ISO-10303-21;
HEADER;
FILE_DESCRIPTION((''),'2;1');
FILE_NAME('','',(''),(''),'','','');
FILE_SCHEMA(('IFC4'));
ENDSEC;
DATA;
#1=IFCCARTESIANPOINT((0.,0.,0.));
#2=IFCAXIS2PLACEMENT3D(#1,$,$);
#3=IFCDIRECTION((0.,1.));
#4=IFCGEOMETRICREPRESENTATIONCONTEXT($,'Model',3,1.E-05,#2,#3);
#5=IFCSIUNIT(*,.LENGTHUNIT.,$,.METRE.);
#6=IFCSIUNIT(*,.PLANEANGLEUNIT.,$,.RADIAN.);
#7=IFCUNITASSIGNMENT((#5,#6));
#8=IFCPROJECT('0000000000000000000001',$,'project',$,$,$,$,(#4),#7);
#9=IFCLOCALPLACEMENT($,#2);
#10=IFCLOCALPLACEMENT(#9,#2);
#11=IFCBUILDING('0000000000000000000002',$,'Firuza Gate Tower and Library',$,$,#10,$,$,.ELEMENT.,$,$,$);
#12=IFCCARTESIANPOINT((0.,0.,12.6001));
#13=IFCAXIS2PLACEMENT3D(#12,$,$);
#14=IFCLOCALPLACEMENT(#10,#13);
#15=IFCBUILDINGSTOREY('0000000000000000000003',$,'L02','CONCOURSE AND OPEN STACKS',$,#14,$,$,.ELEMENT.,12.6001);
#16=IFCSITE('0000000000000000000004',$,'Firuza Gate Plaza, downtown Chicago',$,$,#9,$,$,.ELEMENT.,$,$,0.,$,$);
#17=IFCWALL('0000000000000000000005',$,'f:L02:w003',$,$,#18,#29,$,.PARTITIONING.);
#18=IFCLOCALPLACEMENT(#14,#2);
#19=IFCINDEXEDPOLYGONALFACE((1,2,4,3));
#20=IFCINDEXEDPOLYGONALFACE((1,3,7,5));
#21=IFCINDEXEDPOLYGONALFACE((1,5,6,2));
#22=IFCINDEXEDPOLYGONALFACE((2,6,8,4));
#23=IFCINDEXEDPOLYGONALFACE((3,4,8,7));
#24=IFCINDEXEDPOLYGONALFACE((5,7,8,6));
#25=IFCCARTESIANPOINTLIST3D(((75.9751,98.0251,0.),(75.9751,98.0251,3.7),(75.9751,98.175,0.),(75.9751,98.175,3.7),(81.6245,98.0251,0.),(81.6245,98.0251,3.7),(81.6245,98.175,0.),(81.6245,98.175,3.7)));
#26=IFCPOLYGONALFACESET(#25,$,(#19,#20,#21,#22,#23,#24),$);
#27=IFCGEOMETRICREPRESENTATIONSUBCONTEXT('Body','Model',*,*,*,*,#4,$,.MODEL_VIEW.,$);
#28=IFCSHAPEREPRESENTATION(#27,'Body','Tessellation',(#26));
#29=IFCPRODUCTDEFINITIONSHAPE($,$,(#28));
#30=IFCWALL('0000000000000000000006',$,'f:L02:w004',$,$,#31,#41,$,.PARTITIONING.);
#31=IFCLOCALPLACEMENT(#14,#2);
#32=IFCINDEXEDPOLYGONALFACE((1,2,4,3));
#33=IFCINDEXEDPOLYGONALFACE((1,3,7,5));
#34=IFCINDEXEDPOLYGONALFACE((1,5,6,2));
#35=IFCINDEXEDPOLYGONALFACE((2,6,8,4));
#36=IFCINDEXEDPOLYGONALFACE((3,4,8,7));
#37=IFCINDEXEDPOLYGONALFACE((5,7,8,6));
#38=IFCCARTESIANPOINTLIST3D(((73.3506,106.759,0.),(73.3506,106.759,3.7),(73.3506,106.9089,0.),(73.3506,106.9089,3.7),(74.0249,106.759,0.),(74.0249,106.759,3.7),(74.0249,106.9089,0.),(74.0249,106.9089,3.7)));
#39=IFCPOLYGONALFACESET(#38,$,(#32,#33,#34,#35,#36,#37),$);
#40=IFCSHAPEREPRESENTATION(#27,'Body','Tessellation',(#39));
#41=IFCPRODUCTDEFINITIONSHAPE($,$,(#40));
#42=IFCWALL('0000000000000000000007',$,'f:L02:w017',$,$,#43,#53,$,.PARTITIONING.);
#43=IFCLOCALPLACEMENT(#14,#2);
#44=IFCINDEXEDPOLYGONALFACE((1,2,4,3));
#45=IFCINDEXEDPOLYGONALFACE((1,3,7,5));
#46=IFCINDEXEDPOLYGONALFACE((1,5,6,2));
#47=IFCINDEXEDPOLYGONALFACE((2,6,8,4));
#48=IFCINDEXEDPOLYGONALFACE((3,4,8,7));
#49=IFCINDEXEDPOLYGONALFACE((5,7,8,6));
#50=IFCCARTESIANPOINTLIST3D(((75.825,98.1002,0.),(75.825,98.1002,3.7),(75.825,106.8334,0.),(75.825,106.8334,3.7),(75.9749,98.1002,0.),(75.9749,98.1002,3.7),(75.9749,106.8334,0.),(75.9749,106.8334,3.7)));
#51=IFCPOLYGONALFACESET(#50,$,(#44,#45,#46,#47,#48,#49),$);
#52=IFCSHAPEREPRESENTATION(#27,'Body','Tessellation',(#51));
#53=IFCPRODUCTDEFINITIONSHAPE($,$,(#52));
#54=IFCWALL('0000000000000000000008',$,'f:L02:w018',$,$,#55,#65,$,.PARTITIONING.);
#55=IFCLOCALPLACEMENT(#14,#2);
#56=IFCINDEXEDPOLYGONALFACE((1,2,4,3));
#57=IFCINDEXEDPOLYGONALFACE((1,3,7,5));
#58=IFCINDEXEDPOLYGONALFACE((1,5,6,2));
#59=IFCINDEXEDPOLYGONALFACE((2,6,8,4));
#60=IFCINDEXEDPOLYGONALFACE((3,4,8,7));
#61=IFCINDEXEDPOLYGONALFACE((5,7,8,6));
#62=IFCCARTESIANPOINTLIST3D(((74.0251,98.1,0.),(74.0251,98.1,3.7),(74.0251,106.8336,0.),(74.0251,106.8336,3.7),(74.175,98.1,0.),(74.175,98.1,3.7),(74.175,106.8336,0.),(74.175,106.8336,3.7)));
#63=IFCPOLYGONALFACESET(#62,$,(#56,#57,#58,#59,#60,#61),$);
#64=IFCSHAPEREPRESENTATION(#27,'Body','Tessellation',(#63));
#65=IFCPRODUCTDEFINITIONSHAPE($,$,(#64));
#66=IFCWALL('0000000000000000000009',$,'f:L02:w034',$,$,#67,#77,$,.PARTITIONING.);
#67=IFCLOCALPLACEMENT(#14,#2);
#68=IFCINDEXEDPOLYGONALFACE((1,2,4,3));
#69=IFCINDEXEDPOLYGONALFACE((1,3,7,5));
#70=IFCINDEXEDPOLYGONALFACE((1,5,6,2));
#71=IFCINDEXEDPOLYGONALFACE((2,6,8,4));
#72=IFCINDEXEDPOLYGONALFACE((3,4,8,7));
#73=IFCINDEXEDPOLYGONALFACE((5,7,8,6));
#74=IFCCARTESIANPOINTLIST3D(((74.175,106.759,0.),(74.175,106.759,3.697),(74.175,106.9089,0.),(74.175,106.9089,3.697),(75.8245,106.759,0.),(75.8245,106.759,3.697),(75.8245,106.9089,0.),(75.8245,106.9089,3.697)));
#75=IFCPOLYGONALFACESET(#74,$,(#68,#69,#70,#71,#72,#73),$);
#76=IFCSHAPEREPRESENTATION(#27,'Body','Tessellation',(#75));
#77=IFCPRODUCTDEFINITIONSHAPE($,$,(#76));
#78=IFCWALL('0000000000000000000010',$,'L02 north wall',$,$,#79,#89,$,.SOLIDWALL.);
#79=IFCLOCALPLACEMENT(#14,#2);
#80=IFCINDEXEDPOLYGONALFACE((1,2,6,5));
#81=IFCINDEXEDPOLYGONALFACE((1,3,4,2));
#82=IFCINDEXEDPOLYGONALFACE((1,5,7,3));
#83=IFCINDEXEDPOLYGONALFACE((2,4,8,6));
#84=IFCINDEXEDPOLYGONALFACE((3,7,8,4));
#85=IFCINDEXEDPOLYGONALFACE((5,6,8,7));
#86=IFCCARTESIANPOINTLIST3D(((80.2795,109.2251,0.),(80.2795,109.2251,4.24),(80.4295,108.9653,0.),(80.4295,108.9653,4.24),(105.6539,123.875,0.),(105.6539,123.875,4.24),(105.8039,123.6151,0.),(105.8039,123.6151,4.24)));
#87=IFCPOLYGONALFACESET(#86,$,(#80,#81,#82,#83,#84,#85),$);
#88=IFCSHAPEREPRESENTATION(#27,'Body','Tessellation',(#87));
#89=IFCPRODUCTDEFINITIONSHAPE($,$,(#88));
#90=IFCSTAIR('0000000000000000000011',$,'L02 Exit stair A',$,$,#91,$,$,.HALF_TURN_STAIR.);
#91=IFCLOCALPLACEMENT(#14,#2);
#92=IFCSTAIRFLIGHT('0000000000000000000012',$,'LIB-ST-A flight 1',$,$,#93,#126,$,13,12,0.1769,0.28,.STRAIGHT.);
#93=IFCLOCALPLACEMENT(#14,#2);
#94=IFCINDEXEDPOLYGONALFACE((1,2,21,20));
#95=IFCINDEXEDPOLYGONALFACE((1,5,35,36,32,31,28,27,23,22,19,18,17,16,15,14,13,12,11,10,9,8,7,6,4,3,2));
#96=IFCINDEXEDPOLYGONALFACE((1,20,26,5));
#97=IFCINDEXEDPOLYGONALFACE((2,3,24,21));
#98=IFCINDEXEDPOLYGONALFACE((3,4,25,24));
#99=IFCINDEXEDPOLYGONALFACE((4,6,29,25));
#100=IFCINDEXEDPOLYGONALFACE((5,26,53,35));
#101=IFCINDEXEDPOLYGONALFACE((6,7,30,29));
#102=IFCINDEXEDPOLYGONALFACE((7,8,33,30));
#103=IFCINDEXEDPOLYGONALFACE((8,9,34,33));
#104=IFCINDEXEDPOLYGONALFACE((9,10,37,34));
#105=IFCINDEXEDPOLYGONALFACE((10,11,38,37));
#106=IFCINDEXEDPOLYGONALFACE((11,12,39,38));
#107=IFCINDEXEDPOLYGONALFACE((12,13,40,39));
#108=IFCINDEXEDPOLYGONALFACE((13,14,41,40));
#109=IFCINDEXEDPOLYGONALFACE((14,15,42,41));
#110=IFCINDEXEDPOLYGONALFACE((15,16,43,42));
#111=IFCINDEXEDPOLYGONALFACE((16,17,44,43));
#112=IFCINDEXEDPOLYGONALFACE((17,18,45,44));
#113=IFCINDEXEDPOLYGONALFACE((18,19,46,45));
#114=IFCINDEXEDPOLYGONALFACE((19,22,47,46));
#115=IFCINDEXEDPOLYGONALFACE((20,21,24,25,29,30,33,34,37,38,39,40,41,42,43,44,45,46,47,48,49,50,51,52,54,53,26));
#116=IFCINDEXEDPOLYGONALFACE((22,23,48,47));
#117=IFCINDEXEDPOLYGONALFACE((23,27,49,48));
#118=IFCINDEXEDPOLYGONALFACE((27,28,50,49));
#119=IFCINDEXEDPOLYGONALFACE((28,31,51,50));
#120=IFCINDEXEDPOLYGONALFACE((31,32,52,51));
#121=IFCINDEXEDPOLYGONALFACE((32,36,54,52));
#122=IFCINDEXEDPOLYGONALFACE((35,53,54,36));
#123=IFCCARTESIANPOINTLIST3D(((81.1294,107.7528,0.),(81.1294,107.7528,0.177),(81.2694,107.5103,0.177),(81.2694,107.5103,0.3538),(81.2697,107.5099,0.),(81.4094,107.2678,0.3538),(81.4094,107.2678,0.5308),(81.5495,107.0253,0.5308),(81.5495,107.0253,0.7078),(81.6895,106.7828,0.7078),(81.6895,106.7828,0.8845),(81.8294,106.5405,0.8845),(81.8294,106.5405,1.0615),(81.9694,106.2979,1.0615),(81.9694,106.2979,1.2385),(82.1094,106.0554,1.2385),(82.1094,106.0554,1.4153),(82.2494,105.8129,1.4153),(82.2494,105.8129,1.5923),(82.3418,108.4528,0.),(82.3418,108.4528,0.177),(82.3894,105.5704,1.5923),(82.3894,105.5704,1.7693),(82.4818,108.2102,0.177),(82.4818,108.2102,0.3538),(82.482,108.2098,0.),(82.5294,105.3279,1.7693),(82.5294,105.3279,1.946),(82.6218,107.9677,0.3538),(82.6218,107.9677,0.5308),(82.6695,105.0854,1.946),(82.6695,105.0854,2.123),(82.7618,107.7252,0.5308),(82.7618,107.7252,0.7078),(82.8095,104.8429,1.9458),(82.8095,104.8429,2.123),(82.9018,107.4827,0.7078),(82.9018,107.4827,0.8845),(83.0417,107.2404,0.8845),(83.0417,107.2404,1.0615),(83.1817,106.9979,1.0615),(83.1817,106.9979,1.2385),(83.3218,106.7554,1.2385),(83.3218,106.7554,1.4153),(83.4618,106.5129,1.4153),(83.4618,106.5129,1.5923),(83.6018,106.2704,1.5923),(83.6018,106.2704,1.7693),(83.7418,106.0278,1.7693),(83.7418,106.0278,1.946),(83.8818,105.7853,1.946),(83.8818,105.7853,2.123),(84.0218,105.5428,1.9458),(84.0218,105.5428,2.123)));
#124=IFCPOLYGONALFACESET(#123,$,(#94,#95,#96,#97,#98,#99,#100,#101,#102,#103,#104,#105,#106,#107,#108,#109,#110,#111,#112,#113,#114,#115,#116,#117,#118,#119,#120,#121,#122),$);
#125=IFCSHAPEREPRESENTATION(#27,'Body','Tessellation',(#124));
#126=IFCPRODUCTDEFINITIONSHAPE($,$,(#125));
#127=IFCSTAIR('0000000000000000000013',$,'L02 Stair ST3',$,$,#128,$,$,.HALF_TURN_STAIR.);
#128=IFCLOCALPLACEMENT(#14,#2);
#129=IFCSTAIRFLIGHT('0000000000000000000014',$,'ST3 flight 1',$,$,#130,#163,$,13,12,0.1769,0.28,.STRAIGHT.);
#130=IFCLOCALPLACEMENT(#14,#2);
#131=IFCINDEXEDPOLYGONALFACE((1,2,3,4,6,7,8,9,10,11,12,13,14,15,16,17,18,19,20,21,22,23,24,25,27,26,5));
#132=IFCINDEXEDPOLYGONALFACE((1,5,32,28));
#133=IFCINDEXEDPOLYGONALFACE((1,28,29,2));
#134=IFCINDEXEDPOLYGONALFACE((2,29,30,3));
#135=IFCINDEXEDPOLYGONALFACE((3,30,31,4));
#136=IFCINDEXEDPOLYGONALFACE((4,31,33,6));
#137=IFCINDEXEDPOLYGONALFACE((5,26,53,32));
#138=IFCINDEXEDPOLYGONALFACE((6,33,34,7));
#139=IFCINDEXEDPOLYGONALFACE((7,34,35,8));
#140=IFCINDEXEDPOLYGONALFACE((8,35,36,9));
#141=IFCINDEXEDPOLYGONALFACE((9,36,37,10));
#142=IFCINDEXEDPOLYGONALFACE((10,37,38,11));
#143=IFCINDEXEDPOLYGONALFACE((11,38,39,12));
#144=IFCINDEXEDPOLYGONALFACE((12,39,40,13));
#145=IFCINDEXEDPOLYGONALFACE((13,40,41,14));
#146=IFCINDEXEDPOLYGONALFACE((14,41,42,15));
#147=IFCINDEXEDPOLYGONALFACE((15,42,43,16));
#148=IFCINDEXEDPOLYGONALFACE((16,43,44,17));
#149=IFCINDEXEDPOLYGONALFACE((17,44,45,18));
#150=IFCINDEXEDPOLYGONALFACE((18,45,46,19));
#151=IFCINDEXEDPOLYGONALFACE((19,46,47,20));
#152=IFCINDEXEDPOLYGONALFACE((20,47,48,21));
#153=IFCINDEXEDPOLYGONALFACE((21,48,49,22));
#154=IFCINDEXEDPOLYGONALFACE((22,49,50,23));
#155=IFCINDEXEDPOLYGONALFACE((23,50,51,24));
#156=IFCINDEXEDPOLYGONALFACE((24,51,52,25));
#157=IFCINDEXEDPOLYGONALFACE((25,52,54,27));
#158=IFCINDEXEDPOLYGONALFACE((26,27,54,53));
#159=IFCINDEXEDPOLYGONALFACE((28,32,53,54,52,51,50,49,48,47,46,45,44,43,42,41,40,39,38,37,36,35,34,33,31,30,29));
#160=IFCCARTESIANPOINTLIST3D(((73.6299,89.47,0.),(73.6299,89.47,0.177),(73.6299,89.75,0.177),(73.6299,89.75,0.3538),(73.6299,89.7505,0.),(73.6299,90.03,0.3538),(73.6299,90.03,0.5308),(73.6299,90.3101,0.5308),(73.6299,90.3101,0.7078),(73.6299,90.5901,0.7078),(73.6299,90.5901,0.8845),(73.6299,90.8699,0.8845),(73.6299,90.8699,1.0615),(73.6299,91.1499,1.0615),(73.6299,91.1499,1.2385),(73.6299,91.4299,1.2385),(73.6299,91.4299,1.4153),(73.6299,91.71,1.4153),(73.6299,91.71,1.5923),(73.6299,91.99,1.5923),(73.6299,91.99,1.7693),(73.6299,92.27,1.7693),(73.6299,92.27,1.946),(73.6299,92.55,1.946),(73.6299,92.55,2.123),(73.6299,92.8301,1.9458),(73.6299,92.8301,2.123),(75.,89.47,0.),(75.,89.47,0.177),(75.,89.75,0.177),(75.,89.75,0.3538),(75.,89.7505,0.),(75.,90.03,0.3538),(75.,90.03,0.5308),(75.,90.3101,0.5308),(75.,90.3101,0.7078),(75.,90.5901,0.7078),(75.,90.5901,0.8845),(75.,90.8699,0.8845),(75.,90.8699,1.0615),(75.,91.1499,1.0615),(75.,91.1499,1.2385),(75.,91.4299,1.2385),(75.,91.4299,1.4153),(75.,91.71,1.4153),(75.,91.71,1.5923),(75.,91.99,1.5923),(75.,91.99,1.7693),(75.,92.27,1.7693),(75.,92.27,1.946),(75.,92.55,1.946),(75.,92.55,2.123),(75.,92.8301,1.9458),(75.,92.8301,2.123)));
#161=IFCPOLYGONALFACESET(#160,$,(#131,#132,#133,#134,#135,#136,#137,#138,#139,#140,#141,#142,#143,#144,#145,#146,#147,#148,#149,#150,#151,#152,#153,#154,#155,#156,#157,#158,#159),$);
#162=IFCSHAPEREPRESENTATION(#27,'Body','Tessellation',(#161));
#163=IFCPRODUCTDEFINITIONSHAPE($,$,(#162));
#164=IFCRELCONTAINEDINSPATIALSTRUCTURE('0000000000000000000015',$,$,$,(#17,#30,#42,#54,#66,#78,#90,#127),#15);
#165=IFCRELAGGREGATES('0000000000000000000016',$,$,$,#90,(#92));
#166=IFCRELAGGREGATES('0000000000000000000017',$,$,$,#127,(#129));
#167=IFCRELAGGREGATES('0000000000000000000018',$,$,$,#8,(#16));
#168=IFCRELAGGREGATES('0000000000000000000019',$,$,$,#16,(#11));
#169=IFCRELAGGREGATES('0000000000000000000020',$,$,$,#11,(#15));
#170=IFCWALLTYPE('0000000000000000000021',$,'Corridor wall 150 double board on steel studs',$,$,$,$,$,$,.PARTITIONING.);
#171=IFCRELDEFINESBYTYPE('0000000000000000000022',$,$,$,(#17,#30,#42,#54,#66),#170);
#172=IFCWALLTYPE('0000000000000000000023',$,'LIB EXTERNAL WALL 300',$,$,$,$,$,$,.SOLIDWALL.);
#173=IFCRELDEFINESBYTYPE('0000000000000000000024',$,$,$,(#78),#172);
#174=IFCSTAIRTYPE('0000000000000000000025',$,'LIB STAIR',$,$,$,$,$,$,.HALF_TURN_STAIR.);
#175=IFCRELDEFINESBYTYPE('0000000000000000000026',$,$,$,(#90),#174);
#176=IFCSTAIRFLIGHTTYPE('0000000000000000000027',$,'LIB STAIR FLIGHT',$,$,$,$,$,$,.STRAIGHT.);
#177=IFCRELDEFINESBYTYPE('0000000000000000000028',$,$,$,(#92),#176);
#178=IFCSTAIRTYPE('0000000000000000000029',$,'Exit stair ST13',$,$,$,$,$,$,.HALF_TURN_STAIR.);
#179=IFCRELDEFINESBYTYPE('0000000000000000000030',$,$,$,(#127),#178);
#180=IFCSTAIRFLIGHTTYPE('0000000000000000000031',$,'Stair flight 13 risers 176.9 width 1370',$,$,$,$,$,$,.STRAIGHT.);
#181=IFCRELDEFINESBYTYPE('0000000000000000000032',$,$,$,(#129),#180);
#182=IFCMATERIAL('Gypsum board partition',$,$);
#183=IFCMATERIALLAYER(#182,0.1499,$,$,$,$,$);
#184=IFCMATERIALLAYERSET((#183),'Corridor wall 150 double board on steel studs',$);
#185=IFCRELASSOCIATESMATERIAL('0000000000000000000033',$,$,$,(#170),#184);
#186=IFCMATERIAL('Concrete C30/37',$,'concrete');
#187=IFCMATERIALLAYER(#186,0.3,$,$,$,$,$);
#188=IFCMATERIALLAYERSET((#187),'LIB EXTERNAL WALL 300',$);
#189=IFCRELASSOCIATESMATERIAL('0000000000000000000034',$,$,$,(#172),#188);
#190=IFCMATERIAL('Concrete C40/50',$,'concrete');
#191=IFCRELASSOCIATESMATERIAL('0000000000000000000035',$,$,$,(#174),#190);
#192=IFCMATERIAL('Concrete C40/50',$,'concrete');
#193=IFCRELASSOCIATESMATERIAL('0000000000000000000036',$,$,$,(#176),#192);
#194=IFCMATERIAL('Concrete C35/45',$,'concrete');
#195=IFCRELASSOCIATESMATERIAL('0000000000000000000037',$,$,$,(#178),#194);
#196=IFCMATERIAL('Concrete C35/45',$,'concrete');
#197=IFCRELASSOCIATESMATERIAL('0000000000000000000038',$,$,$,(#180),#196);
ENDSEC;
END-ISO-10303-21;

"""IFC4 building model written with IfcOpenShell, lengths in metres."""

from ifc_helpers import new_model, si_unit, direction, frame, frame_2d, origin, place, context, subcontext, project, spatial, polyline, rectangle, outline, extrude, material, layer, layer_set, type_object, element, aggregate, save


model = new_model("IFC4")

# Units and contexts
model_context = context("Model", 3, precision=1e-05, world=origin(), true_north=direction((0.0, 1.0)))
body_context = subcontext(model_context, "Body", "Model", "MODEL_VIEW")
ifc_project = project(units=[si_unit("LENGTHUNIT", "METRE"), si_unit("PLANEANGLEUNIT", "RADIAN")], contexts=[model_context])

# Site, building, storey
site_placement = place(None, origin())
site = spatial("IfcSite", under=ifc_project, at=site_placement, Name="Firuza Gate Plaza, downtown Chicago", CompositionType="ELEMENT", RefElevation=0.0)
building_placement = place(site_placement, origin())
building = spatial("IfcBuilding", under=site, at=building_placement, Name="Firuza Gate Tower and Library", CompositionType="ELEMENT")
storey_placement = place(building_placement, frame((0.0, 0.0, 12.6001)))
storey = spatial("IfcBuildingStorey", under=building, at=storey_placement, Name="L02", Description="CONCOURSE AND OPEN STACKS", CompositionType="ELEMENT", Elevation=12.6001)

# Shared definitions
placement = place(storey_placement, origin())

# Walls
ifc_material_1 = material(Name="Gypsum board partition")
ifc_layer_1 = layer(ifc_material_1, 0.1499)
ifc_layer_set_1 = layer_set([ifc_layer_1], Name="Corridor wall 150 double board on steel studs")
wall_type_1 = type_object("IfcWallType", Name="Corridor wall 150 double board on steel studs", PredefinedType="PARTITIONING", material=ifc_layer_set_1)
wall_1_placement = place(storey_placement, frame((75.9751, 98.1001, 0.0), z_axis=(0.0, 0.0, 1.0), x_axis=(1.0, 0.0, 0.0)))
element("IfcWall", 1, at=wall_1_placement, inside=storey, type_object=wall_type_1, Name="f:L02:w003", PredefinedType="PARTITIONING", context=body_context, shape_type="SweptSolid", body=[
    extrude(rectangle(XDim=5.6494, YDim=0.1499, at=frame_2d((2.8247, 0.0))), origin(), (0.0, 0.0, 1.0), 3.7),
])
wall_2_placement = place(storey_placement, frame((73.3506, 106.834, 0.0), z_axis=(0.0, 0.0, 1.0), x_axis=(1.0, 0.0, 0.0)))
element("IfcWall", 2, at=wall_2_placement, inside=storey, type_object=wall_type_1, Name="f:L02:w004", PredefinedType="PARTITIONING", context=body_context, shape_type="SweptSolid", body=[
    extrude(rectangle(XDim=0.6743, YDim=0.1499, at=frame_2d((0.3372, 0.0))), origin(), (0.0, 0.0, 1.0), 3.7),
])
wall_3_placement = place(storey_placement, frame((75.8999, 98.1001, 0.0), z_axis=(0.0, 0.0, 1.0), x_axis=(0.0, 1.0, 0.0)))
element("IfcWall", 3, at=wall_3_placement, inside=storey, type_object=wall_type_1, Name="f:L02:w017", PredefinedType="PARTITIONING", context=body_context, shape_type="SweptSolid", body=[
    extrude(rectangle(XDim=8.7332, YDim=0.1499, at=frame_2d((4.3667, 0.0))), origin(), (0.0, 0.0, 1.0), 3.7),
])
wall_4_placement = place(storey_placement, frame((74.1001, 98.1001, 0.0), z_axis=(0.0, 0.0, 1.0), x_axis=(0.0, 1.0, 0.0)))
element("IfcWall", 4, at=wall_4_placement, inside=storey, type_object=wall_type_1, Name="f:L02:w018", PredefinedType="PARTITIONING", context=body_context, shape_type="SweptSolid", body=[
    extrude(rectangle(XDim=8.7336, YDim=0.1499, at=frame_2d((4.3667, 0.0))), origin(), (0.0, 0.0, 1.0), 3.7),
])
wall_5_placement = place(storey_placement, frame((74.175, 106.834, 0.0), z_axis=(0.0, 0.0, 1.0), x_axis=(1.0, 0.0, 0.0)))
element("IfcWall", 5, at=wall_5_placement, inside=storey, type_object=wall_type_1, Name="f:L02:w034", PredefinedType="PARTITIONING", context=body_context, shape_type="SweptSolid", body=[
    extrude(rectangle(XDim=1.6494, YDim=0.1499, at=frame_2d((0.8247, 0.0))), origin(), (0.0, 0.0, 1.0), 3.697),
])
ifc_material_2 = material(Name="Concrete C30/37", Category="concrete")
ifc_layer_2 = layer(ifc_material_2, 0.3)
ifc_layer_set_2 = layer_set([ifc_layer_2], Name="LIB EXTERNAL WALL 300")
wall_type_2 = type_object("IfcWallType", Name="LIB EXTERNAL WALL 300", PredefinedType="SOLIDWALL", material=ifc_layer_set_2)
wall_6_placement = place(storey_placement, frame((80.3545, 109.0952, 0.0), z_axis=(0.0, 0.0, 1.0), x_axis=(0.866027, 0.499998, 0.0)))
element("IfcWall", 6, at=wall_6_placement, inside=storey, type_object=wall_type_2, Name="L02 north wall", PredefinedType="SOLIDWALL", context=body_context, shape_type="SweptSolid", body=[
    extrude(rectangle(XDim=29.2998, YDim=0.3, at=frame_2d((14.6499, 0.0))), origin(), (0.0, 0.0, 1.0), 4.24),
])

# Stairs, stair flights
ifc_material_3 = material(Name="Concrete C40/50", Category="concrete")
stair_type_1 = type_object("IfcStairType", Name="LIB STAIR", PredefinedType="HALF_TURN_STAIR", material=ifc_material_3)
stair_1 = element("IfcStair", 7, at=placement, inside=storey, type_object=stair_type_1, Name="L02 Exit stair A", PredefinedType="HALF_TURN_STAIR")
ifc_material_4 = material(Name="Concrete C40/50", Category="concrete")
stair_flight_type_1 = type_object("IfcStairFlightType", Name="LIB STAIR FLIGHT", PredefinedType="STRAIGHT", material=ifc_material_4)
stair_flight_1_placement = place(storey_placement, frame((81.7356, 108.1028, 0.0), z_axis=(0.0, 0.0, 1.0), x_axis=(0.5, -0.866025, 0.0)))
stair_flight_1 = element("IfcStairFlight", 8, at=stair_flight_1_placement, type_object=stair_flight_type_1, Name="LIB-ST-A flight 1", NumberOfRisers=13, NumberOfTreads=12, PredefinedType="STRAIGHT", RiserHeight=0.1769, TreadLength=0.28, context=body_context, shape_type="SweptSolid", body=[
    extrude(outline(polyline([(0.0, 0.0), (0.0, 0.177), (0.28, 0.177), (0.28, 0.3538), (0.5601, 0.3538), (0.5601, 0.5308), (0.8401, 0.5308), (0.8401, 0.7078), (1.1201, 0.7078), (1.1201, 0.8845), (1.3999, 0.8845), (1.3999, 1.0615), (1.6799, 1.0615), (1.6799, 1.2385), (1.96, 1.2385), (1.96, 1.4153), (2.24, 1.4153), (2.24, 1.5923), (2.52, 1.5923), (2.52, 1.7693), (2.8, 1.7693), (2.8, 1.946), (3.0801, 1.946), (3.0801, 2.123), (3.3601, 2.123), (3.3601, 2.3), (3.3601, 1.9458), (0.2805, 0.0), (0.0, 0.0)])), frame((0.0, 0.7, 0.0), z_axis=(0.0, -1.0, 0.0), x_axis=(1.0, 0.0, 0.0)), (0.0, 0.0, 1.0), 1.3999),
])
aggregate(stair_1, [stair_flight_1])
ifc_material_5 = material(Name="Concrete C35/45", Category="concrete")
stair_type_2 = type_object("IfcStairType", Name="Exit stair ST13", PredefinedType="HALF_TURN_STAIR", material=ifc_material_5)
stair_2 = element("IfcStair", 9, at=placement, inside=storey, type_object=stair_type_2, Name="L02 Stair ST3", PredefinedType="HALF_TURN_STAIR")
ifc_material_6 = material(Name="Concrete C35/45", Category="concrete")
stair_flight_type_2 = type_object("IfcStairFlightType", Name="Stair flight 13 risers 176.9 width 1370", PredefinedType="STRAIGHT", material=ifc_material_6)
stair_flight_2_placement = place(storey_placement, frame((74.3149, 89.47, 0.0), z_axis=(0.0, 0.0, 1.0), x_axis=(0.0, 1.0, 0.0)))
stair_flight_2 = element("IfcStairFlight", 10, at=stair_flight_2_placement, type_object=stair_flight_type_2, Name="ST3 flight 1", NumberOfRisers=13, NumberOfTreads=12, PredefinedType="STRAIGHT", RiserHeight=0.1769, TreadLength=0.28, context=body_context, shape_type="SweptSolid", body=[
    extrude(outline(polyline([(0.0, 0.0), (0.0, 0.177), (0.28, 0.177), (0.28, 0.3538), (0.5601, 0.3538), (0.5601, 0.5308), (0.8401, 0.5308), (0.8401, 0.7078), (1.1201, 0.7078), (1.1201, 0.8845), (1.3999, 0.8845), (1.3999, 1.0615), (1.6799, 1.0615), (1.6799, 1.2385), (1.96, 1.2385), (1.96, 1.4153), (2.24, 1.4153), (2.24, 1.5923), (2.52, 1.5923), (2.52, 1.7693), (2.8, 1.7693), (2.8, 1.946), (3.0801, 1.946), (3.0801, 2.123), (3.3601, 2.123), (3.3601, 2.3), (3.3601, 1.9458), (0.2805, 0.0), (0.0, 0.0)])), frame((0.0, 0.6851, 0.0), z_axis=(0.0, -1.0, 0.0), x_axis=(1.0, 0.0, 0.0)), (0.0, 0.0, 1.0), 1.3701),
])
aggregate(stair_2, [stair_flight_2])

save(model, "model.ifc")
